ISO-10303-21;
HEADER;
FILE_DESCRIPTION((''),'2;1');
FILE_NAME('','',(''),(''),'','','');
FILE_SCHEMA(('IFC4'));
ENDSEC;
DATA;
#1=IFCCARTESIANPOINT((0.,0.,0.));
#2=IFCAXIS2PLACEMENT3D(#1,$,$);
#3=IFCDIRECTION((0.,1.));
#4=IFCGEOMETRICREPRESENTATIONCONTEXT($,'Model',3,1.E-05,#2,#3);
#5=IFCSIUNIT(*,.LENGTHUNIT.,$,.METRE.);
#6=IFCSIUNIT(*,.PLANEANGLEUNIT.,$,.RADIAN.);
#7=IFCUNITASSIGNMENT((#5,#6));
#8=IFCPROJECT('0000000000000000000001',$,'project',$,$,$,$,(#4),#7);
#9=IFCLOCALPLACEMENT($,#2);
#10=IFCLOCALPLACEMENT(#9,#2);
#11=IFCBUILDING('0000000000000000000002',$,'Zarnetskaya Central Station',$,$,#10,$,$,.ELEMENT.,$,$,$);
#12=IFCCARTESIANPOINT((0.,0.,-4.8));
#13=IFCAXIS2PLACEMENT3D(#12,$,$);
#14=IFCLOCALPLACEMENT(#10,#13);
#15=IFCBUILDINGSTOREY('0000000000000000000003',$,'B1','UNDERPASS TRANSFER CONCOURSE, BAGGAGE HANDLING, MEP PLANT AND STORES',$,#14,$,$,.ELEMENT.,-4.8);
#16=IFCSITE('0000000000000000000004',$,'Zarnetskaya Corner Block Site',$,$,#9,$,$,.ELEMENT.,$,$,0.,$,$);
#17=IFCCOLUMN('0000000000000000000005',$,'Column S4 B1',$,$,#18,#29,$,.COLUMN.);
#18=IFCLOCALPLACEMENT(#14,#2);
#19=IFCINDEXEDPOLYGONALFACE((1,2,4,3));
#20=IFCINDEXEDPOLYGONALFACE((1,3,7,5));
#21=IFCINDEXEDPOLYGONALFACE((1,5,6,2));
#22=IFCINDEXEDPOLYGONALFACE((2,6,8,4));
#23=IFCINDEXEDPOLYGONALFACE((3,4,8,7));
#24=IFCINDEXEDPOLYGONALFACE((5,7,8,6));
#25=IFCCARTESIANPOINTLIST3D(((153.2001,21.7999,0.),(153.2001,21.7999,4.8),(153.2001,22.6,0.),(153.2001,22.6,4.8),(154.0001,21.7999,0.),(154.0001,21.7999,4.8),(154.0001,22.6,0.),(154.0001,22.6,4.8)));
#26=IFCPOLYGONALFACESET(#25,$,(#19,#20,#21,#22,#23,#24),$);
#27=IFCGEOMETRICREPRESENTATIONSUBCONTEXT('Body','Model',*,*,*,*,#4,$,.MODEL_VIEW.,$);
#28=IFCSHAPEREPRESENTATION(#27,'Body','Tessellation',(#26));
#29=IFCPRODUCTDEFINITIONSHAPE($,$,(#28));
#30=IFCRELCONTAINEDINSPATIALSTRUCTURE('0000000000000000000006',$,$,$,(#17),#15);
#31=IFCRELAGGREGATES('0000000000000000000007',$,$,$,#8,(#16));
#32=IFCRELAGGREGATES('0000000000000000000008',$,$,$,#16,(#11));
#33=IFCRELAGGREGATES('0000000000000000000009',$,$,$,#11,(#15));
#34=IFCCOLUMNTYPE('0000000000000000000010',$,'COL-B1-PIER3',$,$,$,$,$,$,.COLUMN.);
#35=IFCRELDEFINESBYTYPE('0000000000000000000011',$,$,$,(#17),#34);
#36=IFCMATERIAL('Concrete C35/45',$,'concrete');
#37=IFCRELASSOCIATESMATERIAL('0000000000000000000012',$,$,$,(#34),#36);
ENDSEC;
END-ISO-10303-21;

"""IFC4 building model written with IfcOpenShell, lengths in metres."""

from ifc_helpers import new_model, si_unit, direction, frame, origin, origin_2d, place, context, subcontext, project, spatial, rectangle, extrude, material, material_profile, profile_set, type_object, element, save


model = new_model("IFC4")

# Units and contexts
model_context = context("Model", 3, precision=1e-05, world=origin(), true_north=direction((0.0, 1.0)))
body_context = subcontext(model_context, "Body", "Model", "MODEL_VIEW")
ifc_project = project(units=[si_unit("LENGTHUNIT", "METRE"), si_unit("PLANEANGLEUNIT", "RADIAN")], contexts=[model_context])

# Site, building, storey
site_placement = place(None, origin())
site = spatial("IfcSite", under=ifc_project, at=site_placement, Name="Zarnetskaya Corner Block Site", CompositionType="ELEMENT", RefElevation=0.0)
building_placement = place(site_placement, origin())
building = spatial("IfcBuilding", under=site, at=building_placement, Name="Zarnetskaya Central Station", CompositionType="ELEMENT")
storey_placement = place(building_placement, frame((0.0, 0.0, -4.8)))
storey = spatial("IfcBuildingStorey", under=building, at=storey_placement, Name="B1", Description="UNDERPASS TRANSFER CONCOURSE, BAGGAGE HANDLING, MEP PLANT AND STORES", CompositionType="ELEMENT", Elevation=-4.8)

# Shared definitions
ifc_material = material(Name="Concrete C35/45", Category="concrete")

# Column
ifc_material_profile_1 = material_profile(ifc_material, rectangle(XDim=0.8, YDim=0.8, at=origin_2d()), Name="RC 800x800")
ifc_profile_set_1 = profile_set([ifc_material_profile_1], Name="Concrete C35/45")
column_type = type_object("IfcColumnType", Name="COL-B1-PIER3", PredefinedType="COLUMN", material=ifc_profile_set_1)
for number, where, z_axis, x_axis, name in (
    (1, (153.6001, 22.2, 0.0), (0.0, 0.0, 1.0), (1.0, 0.0, 0.0), "Column S4 B1"),
):
    element("IfcColumn", number, at=place(storey_placement, frame(where, z_axis=z_axis, x_axis=x_axis)), inside=storey, type_object=column_type, Name=name, PredefinedType="COLUMN", context=body_context, shape_type="SweptSolid", body=[
        extrude(rectangle(XDim=0.8, YDim=0.8, at=origin_2d()), origin(), (0.0, 0.0, 1.0), 4.8),
    ])

save(model, "model.ifc")
